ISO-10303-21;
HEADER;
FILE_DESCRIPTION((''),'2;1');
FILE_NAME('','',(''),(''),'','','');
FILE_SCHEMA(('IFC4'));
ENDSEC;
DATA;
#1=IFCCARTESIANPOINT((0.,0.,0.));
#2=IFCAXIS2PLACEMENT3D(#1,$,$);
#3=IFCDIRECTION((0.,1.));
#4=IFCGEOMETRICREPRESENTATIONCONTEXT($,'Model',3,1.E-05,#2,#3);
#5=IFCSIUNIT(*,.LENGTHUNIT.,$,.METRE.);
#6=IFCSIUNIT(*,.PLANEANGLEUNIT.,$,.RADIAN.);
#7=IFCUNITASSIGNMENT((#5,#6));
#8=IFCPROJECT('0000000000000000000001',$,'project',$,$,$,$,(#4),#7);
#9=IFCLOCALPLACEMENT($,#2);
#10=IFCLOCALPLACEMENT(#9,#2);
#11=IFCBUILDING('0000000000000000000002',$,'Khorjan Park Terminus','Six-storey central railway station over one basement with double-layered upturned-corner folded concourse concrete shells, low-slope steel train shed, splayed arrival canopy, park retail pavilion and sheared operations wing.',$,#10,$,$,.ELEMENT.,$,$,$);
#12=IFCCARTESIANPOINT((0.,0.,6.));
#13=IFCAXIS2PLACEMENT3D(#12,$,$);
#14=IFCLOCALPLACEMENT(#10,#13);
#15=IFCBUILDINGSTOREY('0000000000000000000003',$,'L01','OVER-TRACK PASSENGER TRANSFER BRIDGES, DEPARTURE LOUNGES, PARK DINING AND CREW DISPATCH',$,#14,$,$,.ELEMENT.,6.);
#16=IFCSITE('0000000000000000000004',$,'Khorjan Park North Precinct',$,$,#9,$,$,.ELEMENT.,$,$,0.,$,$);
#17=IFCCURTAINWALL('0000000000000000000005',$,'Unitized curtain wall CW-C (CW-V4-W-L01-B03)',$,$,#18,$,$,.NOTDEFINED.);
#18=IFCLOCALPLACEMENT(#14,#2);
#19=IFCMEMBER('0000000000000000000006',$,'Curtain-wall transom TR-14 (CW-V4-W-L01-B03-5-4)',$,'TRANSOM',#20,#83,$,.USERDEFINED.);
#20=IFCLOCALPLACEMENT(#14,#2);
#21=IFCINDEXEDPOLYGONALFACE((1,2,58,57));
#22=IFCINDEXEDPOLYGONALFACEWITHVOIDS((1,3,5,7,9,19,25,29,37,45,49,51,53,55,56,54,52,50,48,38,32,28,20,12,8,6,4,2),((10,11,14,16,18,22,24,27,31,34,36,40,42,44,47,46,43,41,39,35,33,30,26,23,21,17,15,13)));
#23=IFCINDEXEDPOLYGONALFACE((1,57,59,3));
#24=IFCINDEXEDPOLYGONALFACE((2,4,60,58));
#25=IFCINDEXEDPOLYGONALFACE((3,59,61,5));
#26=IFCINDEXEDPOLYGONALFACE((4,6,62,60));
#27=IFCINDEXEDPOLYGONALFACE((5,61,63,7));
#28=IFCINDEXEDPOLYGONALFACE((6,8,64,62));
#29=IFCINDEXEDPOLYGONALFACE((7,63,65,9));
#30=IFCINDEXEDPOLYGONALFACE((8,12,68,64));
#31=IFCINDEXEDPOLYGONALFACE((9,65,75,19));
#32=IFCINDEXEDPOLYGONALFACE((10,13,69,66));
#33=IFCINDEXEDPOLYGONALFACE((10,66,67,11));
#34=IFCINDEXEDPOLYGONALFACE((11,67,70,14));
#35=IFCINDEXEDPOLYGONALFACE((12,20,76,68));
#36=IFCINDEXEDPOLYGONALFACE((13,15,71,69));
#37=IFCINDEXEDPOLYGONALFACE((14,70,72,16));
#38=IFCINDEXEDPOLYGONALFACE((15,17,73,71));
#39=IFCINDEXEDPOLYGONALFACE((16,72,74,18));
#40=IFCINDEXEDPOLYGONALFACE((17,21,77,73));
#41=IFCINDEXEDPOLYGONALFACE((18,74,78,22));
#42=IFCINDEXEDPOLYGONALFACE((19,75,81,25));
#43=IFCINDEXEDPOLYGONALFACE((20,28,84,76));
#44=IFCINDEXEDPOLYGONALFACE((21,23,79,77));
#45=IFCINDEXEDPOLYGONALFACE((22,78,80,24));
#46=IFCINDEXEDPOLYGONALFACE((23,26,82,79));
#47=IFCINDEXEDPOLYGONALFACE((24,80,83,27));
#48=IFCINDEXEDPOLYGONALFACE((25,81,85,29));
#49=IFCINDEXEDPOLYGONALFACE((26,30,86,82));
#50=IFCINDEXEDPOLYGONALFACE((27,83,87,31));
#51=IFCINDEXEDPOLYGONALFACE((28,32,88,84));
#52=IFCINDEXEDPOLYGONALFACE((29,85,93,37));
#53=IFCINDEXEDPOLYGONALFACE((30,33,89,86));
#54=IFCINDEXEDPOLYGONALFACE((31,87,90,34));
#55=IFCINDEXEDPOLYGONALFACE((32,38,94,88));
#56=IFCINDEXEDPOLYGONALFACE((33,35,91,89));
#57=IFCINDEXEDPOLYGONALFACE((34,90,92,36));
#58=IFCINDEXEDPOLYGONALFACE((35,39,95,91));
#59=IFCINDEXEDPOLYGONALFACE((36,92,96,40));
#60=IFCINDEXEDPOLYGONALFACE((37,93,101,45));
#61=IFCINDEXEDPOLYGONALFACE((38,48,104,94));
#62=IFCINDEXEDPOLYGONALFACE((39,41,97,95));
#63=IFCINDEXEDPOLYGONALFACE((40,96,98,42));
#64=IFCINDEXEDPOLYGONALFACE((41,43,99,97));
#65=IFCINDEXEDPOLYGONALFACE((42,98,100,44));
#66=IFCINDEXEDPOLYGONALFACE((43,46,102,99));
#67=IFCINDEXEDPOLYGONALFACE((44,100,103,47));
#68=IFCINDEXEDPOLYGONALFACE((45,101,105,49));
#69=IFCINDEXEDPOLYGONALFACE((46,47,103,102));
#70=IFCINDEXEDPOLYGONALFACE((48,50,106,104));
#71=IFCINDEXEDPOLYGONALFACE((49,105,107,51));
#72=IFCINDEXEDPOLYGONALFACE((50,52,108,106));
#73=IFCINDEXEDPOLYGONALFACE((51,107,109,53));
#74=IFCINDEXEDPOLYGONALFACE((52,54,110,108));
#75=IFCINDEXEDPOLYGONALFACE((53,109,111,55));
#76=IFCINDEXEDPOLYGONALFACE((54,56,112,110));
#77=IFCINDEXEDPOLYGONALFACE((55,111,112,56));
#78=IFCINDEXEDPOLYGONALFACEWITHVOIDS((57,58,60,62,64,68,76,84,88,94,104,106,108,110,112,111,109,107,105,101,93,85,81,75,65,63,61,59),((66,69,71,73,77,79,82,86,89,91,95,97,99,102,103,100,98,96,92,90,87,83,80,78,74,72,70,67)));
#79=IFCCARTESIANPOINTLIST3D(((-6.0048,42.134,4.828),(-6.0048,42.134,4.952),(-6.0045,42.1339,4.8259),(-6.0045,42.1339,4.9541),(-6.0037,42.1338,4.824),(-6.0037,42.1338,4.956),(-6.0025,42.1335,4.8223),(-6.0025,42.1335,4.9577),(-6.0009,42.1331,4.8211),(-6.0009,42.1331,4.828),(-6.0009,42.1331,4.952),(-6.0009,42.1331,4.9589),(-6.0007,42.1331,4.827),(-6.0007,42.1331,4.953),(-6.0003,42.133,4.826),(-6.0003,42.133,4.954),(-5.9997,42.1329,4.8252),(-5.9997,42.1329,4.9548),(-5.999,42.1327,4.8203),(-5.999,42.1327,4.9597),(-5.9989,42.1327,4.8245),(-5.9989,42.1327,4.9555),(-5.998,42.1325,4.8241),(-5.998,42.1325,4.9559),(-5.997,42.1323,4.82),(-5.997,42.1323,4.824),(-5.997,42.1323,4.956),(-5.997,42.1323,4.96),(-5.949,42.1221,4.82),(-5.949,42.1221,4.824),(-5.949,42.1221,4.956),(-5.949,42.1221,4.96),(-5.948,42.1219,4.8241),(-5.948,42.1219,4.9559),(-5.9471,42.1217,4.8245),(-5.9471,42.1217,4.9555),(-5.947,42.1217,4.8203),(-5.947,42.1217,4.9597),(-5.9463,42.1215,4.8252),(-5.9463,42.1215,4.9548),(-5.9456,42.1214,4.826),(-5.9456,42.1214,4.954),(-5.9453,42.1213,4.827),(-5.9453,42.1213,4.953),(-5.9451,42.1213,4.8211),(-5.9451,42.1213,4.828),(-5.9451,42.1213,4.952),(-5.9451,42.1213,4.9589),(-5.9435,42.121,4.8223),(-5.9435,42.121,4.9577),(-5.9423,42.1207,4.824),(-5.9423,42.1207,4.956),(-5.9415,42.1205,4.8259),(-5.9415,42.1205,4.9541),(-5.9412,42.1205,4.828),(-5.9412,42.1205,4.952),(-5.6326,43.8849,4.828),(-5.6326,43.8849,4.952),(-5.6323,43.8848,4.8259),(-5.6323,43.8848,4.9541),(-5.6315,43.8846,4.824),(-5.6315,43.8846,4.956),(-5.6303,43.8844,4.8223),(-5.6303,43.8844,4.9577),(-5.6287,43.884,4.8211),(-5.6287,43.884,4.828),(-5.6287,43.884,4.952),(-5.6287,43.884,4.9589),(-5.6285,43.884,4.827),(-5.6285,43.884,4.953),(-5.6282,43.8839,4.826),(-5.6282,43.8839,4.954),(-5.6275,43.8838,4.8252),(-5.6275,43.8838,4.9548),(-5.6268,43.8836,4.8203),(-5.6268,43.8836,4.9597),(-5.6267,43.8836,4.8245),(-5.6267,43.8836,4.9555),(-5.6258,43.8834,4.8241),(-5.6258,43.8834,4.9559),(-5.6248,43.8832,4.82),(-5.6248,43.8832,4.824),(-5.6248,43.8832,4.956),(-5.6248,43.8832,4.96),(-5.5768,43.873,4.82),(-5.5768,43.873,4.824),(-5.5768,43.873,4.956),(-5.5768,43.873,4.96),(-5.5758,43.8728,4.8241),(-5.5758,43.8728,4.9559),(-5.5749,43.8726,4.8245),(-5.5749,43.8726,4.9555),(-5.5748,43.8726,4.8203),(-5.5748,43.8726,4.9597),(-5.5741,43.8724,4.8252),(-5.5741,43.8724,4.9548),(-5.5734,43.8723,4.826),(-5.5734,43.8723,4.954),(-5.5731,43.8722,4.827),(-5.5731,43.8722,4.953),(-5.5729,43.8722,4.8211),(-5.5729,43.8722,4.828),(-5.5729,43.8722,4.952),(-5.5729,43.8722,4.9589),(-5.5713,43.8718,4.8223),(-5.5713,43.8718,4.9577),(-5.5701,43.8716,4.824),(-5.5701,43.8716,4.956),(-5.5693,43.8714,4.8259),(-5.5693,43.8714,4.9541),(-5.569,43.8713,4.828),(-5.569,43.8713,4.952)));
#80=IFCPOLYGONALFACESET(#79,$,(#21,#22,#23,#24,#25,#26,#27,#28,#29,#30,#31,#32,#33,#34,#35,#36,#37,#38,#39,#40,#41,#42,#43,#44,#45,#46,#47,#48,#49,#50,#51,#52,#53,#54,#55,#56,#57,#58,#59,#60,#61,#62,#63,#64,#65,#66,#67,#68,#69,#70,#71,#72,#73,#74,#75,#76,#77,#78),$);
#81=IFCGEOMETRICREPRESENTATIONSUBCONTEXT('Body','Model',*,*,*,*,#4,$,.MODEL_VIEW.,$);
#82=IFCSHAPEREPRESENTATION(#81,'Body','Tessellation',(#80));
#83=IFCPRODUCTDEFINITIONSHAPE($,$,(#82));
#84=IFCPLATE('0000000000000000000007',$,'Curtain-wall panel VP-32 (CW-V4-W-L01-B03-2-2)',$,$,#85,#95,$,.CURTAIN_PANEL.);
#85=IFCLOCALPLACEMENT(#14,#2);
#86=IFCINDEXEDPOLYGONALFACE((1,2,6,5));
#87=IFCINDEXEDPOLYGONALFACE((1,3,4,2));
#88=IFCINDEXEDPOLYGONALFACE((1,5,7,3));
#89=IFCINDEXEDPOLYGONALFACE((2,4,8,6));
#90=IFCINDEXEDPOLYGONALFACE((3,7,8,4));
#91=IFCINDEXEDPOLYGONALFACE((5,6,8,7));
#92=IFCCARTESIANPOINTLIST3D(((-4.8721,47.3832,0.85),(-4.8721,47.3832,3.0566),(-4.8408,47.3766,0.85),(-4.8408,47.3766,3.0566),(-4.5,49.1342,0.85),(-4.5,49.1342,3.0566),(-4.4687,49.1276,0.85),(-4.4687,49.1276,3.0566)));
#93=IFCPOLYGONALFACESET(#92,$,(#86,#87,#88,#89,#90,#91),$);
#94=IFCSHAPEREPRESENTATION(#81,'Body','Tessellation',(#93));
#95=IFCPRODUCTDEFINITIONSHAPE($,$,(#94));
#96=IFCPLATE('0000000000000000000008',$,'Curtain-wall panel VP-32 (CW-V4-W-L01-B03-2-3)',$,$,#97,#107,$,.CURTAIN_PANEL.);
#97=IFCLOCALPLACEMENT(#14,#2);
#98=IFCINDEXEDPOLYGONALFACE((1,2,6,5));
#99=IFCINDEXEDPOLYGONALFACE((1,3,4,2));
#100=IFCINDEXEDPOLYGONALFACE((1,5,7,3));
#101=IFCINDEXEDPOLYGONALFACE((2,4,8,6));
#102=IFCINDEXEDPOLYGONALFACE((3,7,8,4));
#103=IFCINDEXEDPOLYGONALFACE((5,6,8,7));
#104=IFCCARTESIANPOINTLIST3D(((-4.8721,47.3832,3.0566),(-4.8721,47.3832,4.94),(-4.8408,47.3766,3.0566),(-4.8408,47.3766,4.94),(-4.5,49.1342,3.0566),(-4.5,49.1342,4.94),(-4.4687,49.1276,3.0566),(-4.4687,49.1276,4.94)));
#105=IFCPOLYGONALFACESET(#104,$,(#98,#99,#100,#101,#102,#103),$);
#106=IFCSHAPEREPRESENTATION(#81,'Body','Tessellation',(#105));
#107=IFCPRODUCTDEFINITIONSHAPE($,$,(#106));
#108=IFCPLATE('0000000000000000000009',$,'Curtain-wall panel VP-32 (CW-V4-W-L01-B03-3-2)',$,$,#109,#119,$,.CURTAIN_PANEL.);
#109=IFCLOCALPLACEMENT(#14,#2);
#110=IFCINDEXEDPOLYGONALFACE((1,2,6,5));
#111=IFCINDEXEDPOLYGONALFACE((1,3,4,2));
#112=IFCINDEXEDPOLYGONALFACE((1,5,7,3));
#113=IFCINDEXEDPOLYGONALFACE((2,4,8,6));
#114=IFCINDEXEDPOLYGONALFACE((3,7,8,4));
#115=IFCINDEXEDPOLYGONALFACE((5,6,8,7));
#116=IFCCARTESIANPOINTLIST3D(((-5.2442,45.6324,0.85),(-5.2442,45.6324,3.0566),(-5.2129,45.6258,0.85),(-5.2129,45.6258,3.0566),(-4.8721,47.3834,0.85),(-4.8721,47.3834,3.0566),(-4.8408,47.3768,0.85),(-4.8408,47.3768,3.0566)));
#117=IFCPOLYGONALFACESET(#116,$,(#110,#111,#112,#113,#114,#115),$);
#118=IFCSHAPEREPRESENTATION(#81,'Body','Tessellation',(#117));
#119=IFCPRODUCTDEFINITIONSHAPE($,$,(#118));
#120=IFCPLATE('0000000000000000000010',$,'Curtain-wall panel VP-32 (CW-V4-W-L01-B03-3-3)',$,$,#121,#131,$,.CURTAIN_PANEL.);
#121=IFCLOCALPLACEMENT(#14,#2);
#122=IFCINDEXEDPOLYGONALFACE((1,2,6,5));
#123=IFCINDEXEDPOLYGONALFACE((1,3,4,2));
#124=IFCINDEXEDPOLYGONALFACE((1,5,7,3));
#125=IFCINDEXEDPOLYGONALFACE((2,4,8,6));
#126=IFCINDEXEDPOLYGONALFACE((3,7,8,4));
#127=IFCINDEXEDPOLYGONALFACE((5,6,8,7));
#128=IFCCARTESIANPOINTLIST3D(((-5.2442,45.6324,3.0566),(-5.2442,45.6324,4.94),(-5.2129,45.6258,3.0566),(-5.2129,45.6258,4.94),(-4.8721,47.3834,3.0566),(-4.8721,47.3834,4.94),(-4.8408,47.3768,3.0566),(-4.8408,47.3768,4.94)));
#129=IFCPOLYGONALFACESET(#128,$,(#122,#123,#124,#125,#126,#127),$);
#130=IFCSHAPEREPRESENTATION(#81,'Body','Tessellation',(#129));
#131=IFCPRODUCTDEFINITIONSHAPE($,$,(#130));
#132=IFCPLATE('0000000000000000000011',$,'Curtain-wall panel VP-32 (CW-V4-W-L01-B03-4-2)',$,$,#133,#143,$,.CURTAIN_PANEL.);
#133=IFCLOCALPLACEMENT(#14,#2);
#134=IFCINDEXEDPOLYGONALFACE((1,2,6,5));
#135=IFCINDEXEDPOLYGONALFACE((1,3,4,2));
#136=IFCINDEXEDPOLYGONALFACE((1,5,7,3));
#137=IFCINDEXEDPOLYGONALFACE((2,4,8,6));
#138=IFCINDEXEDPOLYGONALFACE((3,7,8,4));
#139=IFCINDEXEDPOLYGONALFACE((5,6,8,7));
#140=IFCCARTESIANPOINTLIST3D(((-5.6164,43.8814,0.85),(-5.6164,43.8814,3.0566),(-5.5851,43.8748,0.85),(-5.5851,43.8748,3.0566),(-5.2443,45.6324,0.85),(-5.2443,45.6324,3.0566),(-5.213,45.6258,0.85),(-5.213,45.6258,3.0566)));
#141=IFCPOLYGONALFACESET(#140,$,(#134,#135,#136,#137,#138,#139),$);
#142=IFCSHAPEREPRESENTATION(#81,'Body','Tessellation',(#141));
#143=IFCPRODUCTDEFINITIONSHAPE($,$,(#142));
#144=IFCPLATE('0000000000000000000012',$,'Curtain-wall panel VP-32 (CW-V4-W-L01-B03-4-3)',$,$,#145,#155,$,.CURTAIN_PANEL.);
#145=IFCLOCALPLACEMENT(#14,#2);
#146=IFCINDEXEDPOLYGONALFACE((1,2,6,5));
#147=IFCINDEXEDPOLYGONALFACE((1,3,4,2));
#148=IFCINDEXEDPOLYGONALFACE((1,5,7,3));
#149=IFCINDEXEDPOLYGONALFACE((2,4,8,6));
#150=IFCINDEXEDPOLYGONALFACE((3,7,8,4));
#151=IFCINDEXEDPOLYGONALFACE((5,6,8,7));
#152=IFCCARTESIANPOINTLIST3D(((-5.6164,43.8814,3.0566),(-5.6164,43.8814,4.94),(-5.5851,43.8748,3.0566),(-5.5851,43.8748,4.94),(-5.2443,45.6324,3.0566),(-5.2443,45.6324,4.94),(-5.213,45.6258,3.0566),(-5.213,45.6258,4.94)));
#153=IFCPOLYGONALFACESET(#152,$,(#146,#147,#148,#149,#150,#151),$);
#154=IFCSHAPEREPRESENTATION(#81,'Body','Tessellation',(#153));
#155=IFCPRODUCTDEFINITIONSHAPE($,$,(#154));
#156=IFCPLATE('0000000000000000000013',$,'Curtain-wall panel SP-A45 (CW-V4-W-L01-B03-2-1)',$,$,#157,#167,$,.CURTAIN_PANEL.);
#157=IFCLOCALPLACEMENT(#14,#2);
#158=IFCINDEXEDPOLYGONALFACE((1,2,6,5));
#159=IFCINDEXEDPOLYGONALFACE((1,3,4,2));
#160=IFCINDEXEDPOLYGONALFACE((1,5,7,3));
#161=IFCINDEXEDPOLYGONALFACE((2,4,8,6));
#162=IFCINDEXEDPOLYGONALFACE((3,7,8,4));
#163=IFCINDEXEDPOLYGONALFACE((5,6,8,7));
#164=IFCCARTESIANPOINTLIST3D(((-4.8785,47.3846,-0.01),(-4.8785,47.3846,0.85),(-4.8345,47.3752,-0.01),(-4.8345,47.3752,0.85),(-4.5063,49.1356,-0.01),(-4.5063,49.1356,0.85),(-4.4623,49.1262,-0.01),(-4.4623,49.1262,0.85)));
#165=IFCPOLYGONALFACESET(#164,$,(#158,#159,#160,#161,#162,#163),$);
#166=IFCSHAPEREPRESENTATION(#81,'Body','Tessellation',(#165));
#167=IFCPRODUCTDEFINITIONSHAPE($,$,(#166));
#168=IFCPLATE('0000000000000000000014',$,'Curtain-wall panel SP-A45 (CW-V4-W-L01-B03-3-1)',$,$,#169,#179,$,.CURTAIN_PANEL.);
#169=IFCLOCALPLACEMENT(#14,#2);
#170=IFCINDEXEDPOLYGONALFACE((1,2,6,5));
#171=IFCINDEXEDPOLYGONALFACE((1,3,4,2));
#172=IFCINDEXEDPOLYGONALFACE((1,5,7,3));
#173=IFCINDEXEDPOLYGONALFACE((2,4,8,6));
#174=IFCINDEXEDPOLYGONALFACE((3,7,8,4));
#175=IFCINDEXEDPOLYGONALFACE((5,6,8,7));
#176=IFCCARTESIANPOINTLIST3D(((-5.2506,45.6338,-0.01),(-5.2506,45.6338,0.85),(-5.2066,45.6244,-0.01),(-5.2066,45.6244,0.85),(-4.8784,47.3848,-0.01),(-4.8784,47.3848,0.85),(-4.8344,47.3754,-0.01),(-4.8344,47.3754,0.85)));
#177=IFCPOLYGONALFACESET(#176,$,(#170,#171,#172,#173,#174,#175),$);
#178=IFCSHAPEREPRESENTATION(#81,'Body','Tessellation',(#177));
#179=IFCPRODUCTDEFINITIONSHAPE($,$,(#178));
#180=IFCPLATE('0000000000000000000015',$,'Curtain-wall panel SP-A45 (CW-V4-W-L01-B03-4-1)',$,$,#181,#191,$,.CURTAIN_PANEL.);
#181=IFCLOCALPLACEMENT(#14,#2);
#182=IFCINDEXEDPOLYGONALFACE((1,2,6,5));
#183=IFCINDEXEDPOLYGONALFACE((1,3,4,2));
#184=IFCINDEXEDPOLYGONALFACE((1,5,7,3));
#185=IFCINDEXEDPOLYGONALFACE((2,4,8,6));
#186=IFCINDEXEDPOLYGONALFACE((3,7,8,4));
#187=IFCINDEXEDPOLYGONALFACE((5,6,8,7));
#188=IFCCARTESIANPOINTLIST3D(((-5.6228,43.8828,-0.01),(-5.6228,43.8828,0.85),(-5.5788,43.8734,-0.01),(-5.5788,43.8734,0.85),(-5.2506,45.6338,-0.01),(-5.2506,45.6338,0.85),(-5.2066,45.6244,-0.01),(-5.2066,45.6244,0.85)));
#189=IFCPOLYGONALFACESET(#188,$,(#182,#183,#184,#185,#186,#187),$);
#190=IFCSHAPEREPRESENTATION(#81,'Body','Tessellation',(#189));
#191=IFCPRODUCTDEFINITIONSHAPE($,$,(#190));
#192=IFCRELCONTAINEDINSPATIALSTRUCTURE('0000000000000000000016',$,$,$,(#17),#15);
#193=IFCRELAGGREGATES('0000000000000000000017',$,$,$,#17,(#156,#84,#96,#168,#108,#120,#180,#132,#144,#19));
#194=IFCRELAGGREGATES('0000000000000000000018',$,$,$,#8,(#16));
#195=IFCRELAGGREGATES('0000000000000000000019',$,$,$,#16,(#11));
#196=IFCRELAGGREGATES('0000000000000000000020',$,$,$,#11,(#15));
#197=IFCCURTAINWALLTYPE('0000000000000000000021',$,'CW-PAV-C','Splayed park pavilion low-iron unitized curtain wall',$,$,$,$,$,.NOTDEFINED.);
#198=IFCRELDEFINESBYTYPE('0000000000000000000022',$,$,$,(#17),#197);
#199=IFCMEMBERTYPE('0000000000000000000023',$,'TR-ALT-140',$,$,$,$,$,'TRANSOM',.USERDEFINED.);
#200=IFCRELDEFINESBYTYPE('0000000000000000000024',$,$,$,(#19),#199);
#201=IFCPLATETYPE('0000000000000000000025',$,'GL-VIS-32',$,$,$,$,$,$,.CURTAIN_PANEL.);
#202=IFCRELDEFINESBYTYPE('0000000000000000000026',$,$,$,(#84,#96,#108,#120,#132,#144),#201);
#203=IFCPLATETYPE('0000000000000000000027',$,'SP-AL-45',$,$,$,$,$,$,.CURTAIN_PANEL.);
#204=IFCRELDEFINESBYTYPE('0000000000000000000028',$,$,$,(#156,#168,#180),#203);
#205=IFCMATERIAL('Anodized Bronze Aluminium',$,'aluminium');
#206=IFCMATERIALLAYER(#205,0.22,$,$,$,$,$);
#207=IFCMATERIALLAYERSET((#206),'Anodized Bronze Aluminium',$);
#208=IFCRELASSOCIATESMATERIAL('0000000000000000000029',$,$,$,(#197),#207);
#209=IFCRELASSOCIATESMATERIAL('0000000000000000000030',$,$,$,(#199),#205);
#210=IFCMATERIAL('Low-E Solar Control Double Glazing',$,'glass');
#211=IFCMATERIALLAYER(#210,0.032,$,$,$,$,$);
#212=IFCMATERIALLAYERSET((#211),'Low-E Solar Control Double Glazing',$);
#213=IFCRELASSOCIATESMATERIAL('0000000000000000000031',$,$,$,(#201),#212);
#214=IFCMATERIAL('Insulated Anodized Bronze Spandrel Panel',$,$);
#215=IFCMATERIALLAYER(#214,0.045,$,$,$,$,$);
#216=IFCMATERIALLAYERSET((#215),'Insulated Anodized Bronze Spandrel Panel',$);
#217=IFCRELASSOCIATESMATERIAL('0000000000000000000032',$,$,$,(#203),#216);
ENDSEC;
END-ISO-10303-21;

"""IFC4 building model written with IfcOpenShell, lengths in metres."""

from ifc_helpers import new_model, si_unit, direction, frame, origin, origin_2d, place, context, subcontext, project, spatial, rectangle, hollow_rectangle, extrude, material, layer, layer_set, material_profile, profile_set, type_object, element, aggregate, save


model = new_model("IFC4")

# Units and contexts
model_context = context("Model", 3, precision=1e-05, world=origin(), true_north=direction((0.0, 1.0)))
body_context = subcontext(model_context, "Body", "Model", "MODEL_VIEW")
ifc_project = project(units=[si_unit("LENGTHUNIT", "METRE"), si_unit("PLANEANGLEUNIT", "RADIAN")], contexts=[model_context])

# Site, building, storey
site_placement = place(None, origin())
site = spatial("IfcSite", under=ifc_project, at=site_placement, Name="Khorjan Park North Precinct", CompositionType="ELEMENT", RefElevation=0.0)
building_placement = place(site_placement, origin())
building = spatial("IfcBuilding", under=site, at=building_placement, Name="Khorjan Park Terminus", Description="Six-storey central railway station over one basement with double-layered upturned-corner folded concourse concrete shells, low-slope steel train shed, splayed arrival canopy, park retail pavilion and sheared operations wing.", CompositionType="ELEMENT")
storey_placement = place(building_placement, frame((0.0, 0.0, 6.0)))
storey = spatial("IfcBuildingStorey", under=building, at=storey_placement, Name="L01", Description="OVER-TRACK PASSENGER TRANSFER BRIDGES, DEPARTURE LOUNGES, PARK DINING AND CREW DISPATCH", CompositionType="ELEMENT", Elevation=6.0)

# Curtain wall, member, plates
ifc_material_1 = material(Name="Anodized Bronze Aluminium", Category="aluminium")
ifc_layer_1 = layer(ifc_material_1, 0.22)
ifc_layer_set_1 = layer_set([ifc_layer_1], Name="Anodized Bronze Aluminium")
curtain_wall_type = type_object("IfcCurtainWallType", Name="CW-PAV-C", Description="Splayed park pavilion low-iron unitized curtain wall", PredefinedType="NOTDEFINED", material=ifc_layer_set_1)
curtain_wall_placement = place(storey_placement, origin())
curtain_wall = element("IfcCurtainWall", 1, at=curtain_wall_placement, inside=storey, type_object=curtain_wall_type, Name="Unitized curtain wall CW-C (CW-V4-W-L01-B03)", PredefinedType="NOTDEFINED")
ifc_material_profile_1 = material_profile(ifc_material_1, hollow_rectangle(XDim=0.065, YDim=0.14, WallThickness=0.004, InnerFilletRadius=0.004, OuterFilletRadius=0.008, at=origin_2d()), Name="ALT 65x140x4")
ifc_profile_set_1 = profile_set([ifc_material_profile_1], Name="Anodized Bronze Aluminium")
member_type_1 = type_object("IfcMemberType", Name="TR-ALT-140", ElementType="TRANSOM", PredefinedType="USERDEFINED", material=ifc_profile_set_1)
member_1_placement = place(storey_placement, frame((-5.6008, 43.8781, 4.89), z_axis=(-0.20793, -0.978144, 0.0), x_axis=(0.978144, -0.20793, 0.0)))
member_1 = element("IfcMember", 2, at=member_1_placement, type_object=member_type_1, Name="Curtain-wall transom TR-14 (CW-V4-W-L01-B03-5-4)", ObjectType="TRANSOM", PredefinedType="USERDEFINED", context=body_context, shape_type="SweptSolid", body=[
    extrude(hollow_rectangle(XDim=0.065, YDim=0.14, WallThickness=0.004, InnerFilletRadius=0.004, OuterFilletRadius=0.008, at=origin_2d()), origin(), (0.0, 0.0, 1.0), 1.79),
])
ifc_material_2 = material(Name="Low-E Solar Control Double Glazing", Category="glass")
ifc_layer_2 = layer(ifc_material_2, 0.032)
ifc_layer_set_2 = layer_set([ifc_layer_2], Name="Low-E Solar Control Double Glazing")
plate_type_1 = type_object("IfcPlateType", Name="GL-VIS-32", PredefinedType="CURTAIN_PANEL", material=ifc_layer_set_2)
plate_1_placement = place(storey_placement, frame((-4.6704, 48.2554, 0.85), z_axis=(0.0, 0.0, 1.0), x_axis=(-0.207918, -0.978146, 0.0)))
plate_1 = element("IfcPlate", 3, at=plate_1_placement, type_object=plate_type_1, Name="Curtain-wall panel VP-32 (CW-V4-W-L01-B03-2-2)", PredefinedType="CURTAIN_PANEL", context=body_context, shape_type="SweptSolid", body=[
    extrude(rectangle(XDim=1.7901, YDim=0.032, at=origin_2d()), origin(), (0.0, 0.0, 1.0), 2.2066),
])
plate_2_placement = place(storey_placement, frame((-4.6704, 48.2554, 3.0566), z_axis=(0.0, 0.0, 1.0), x_axis=(-0.207918, -0.978146, 0.0)))
plate_2 = element("IfcPlate", 4, at=plate_2_placement, type_object=plate_type_1, Name="Curtain-wall panel VP-32 (CW-V4-W-L01-B03-2-3)", PredefinedType="CURTAIN_PANEL", context=body_context, shape_type="SweptSolid", body=[
    extrude(rectangle(XDim=1.7901, YDim=0.032, at=origin_2d()), origin(), (0.0, 0.0, 1.0), 1.8834),
])
plate_3_placement = place(storey_placement, frame((-5.0425, 46.5046, 0.85), z_axis=(0.0, 0.0, 1.0), x_axis=(-0.207918, -0.978146, 0.0)))
plate_3 = element("IfcPlate", 5, at=plate_3_placement, type_object=plate_type_1, Name="Curtain-wall panel VP-32 (CW-V4-W-L01-B03-3-2)", PredefinedType="CURTAIN_PANEL", context=body_context, shape_type="SweptSolid", body=[
    extrude(rectangle(XDim=1.7901, YDim=0.032, at=origin_2d()), origin(), (0.0, 0.0, 1.0), 2.2066),
])
plate_4_placement = place(storey_placement, frame((-5.0425, 46.5046, 3.0566), z_axis=(0.0, 0.0, 1.0), x_axis=(-0.207918, -0.978146, 0.0)))
plate_4 = element("IfcPlate", 6, at=plate_4_placement, type_object=plate_type_1, Name="Curtain-wall panel VP-32 (CW-V4-W-L01-B03-3-3)", PredefinedType="CURTAIN_PANEL", context=body_context, shape_type="SweptSolid", body=[
    extrude(rectangle(XDim=1.7901, YDim=0.032, at=origin_2d()), origin(), (0.0, 0.0, 1.0), 1.8834),
])
plate_5_placement = place(storey_placement, frame((-5.4147, 44.7536, 0.85), z_axis=(0.0, 0.0, 1.0), x_axis=(-0.207918, -0.978146, 0.0)))
plate_5 = element("IfcPlate", 7, at=plate_5_placement, type_object=plate_type_1, Name="Curtain-wall panel VP-32 (CW-V4-W-L01-B03-4-2)", PredefinedType="CURTAIN_PANEL", context=body_context, shape_type="SweptSolid", body=[
    extrude(rectangle(XDim=1.7901, YDim=0.032, at=origin_2d()), origin(), (0.0, 0.0, 1.0), 2.2066),
])
plate_6_placement = place(storey_placement, frame((-5.4147, 44.7536, 3.0566), z_axis=(0.0, 0.0, 1.0), x_axis=(-0.207918, -0.978146, 0.0)))
plate_6 = element("IfcPlate", 8, at=plate_6_placement, type_object=plate_type_1, Name="Curtain-wall panel VP-32 (CW-V4-W-L01-B03-4-3)", PredefinedType="CURTAIN_PANEL", context=body_context, shape_type="SweptSolid", body=[
    extrude(rectangle(XDim=1.7901, YDim=0.032, at=origin_2d()), origin(), (0.0, 0.0, 1.0), 1.8834),
])
ifc_material_3 = material(Name="Insulated Anodized Bronze Spandrel Panel")
ifc_layer_3 = layer(ifc_material_3, 0.045)
ifc_layer_set_3 = layer_set([ifc_layer_3], Name="Insulated Anodized Bronze Spandrel Panel")
plate_type_2 = type_object("IfcPlateType", Name="SP-AL-45", PredefinedType="CURTAIN_PANEL", material=ifc_layer_set_3)
plate_7_placement = place(storey_placement, frame((-4.6704, 48.2554, -0.01), z_axis=(0.0, 0.0, 1.0), x_axis=(-0.207918, -0.978146, 0.0)))
plate_7 = element("IfcPlate", 9, at=plate_7_placement, type_object=plate_type_2, Name="Curtain-wall panel SP-A45 (CW-V4-W-L01-B03-2-1)", PredefinedType="CURTAIN_PANEL", context=body_context, shape_type="SweptSolid", body=[
    extrude(rectangle(XDim=1.7901, YDim=0.045, at=origin_2d()), origin(), (0.0, 0.0, 1.0), 0.86),
])
plate_8_placement = place(storey_placement, frame((-5.0425, 46.5046, -0.01), z_axis=(0.0, 0.0, 1.0), x_axis=(-0.207918, -0.978146, 0.0)))
plate_8 = element("IfcPlate", 10, at=plate_8_placement, type_object=plate_type_2, Name="Curtain-wall panel SP-A45 (CW-V4-W-L01-B03-3-1)", PredefinedType="CURTAIN_PANEL", context=body_context, shape_type="SweptSolid", body=[
    extrude(rectangle(XDim=1.7901, YDim=0.045, at=origin_2d()), origin(), (0.0, 0.0, 1.0), 0.86),
])
plate_9_placement = place(storey_placement, frame((-5.4147, 44.7536, -0.01), z_axis=(0.0, 0.0, 1.0), x_axis=(-0.207918, -0.978146, 0.0)))
plate_9 = element("IfcPlate", 11, at=plate_9_placement, type_object=plate_type_2, Name="Curtain-wall panel SP-A45 (CW-V4-W-L01-B03-4-1)", PredefinedType="CURTAIN_PANEL", context=body_context, shape_type="SweptSolid", body=[
    extrude(rectangle(XDim=1.7901, YDim=0.045, at=origin_2d()), origin(), (0.0, 0.0, 1.0), 0.86),
])
aggregate(curtain_wall, [plate_7, plate_1, plate_2, plate_8, plate_3, plate_4, plate_9, plate_5, plate_6, member_1])

save(model, "model.ifc")
